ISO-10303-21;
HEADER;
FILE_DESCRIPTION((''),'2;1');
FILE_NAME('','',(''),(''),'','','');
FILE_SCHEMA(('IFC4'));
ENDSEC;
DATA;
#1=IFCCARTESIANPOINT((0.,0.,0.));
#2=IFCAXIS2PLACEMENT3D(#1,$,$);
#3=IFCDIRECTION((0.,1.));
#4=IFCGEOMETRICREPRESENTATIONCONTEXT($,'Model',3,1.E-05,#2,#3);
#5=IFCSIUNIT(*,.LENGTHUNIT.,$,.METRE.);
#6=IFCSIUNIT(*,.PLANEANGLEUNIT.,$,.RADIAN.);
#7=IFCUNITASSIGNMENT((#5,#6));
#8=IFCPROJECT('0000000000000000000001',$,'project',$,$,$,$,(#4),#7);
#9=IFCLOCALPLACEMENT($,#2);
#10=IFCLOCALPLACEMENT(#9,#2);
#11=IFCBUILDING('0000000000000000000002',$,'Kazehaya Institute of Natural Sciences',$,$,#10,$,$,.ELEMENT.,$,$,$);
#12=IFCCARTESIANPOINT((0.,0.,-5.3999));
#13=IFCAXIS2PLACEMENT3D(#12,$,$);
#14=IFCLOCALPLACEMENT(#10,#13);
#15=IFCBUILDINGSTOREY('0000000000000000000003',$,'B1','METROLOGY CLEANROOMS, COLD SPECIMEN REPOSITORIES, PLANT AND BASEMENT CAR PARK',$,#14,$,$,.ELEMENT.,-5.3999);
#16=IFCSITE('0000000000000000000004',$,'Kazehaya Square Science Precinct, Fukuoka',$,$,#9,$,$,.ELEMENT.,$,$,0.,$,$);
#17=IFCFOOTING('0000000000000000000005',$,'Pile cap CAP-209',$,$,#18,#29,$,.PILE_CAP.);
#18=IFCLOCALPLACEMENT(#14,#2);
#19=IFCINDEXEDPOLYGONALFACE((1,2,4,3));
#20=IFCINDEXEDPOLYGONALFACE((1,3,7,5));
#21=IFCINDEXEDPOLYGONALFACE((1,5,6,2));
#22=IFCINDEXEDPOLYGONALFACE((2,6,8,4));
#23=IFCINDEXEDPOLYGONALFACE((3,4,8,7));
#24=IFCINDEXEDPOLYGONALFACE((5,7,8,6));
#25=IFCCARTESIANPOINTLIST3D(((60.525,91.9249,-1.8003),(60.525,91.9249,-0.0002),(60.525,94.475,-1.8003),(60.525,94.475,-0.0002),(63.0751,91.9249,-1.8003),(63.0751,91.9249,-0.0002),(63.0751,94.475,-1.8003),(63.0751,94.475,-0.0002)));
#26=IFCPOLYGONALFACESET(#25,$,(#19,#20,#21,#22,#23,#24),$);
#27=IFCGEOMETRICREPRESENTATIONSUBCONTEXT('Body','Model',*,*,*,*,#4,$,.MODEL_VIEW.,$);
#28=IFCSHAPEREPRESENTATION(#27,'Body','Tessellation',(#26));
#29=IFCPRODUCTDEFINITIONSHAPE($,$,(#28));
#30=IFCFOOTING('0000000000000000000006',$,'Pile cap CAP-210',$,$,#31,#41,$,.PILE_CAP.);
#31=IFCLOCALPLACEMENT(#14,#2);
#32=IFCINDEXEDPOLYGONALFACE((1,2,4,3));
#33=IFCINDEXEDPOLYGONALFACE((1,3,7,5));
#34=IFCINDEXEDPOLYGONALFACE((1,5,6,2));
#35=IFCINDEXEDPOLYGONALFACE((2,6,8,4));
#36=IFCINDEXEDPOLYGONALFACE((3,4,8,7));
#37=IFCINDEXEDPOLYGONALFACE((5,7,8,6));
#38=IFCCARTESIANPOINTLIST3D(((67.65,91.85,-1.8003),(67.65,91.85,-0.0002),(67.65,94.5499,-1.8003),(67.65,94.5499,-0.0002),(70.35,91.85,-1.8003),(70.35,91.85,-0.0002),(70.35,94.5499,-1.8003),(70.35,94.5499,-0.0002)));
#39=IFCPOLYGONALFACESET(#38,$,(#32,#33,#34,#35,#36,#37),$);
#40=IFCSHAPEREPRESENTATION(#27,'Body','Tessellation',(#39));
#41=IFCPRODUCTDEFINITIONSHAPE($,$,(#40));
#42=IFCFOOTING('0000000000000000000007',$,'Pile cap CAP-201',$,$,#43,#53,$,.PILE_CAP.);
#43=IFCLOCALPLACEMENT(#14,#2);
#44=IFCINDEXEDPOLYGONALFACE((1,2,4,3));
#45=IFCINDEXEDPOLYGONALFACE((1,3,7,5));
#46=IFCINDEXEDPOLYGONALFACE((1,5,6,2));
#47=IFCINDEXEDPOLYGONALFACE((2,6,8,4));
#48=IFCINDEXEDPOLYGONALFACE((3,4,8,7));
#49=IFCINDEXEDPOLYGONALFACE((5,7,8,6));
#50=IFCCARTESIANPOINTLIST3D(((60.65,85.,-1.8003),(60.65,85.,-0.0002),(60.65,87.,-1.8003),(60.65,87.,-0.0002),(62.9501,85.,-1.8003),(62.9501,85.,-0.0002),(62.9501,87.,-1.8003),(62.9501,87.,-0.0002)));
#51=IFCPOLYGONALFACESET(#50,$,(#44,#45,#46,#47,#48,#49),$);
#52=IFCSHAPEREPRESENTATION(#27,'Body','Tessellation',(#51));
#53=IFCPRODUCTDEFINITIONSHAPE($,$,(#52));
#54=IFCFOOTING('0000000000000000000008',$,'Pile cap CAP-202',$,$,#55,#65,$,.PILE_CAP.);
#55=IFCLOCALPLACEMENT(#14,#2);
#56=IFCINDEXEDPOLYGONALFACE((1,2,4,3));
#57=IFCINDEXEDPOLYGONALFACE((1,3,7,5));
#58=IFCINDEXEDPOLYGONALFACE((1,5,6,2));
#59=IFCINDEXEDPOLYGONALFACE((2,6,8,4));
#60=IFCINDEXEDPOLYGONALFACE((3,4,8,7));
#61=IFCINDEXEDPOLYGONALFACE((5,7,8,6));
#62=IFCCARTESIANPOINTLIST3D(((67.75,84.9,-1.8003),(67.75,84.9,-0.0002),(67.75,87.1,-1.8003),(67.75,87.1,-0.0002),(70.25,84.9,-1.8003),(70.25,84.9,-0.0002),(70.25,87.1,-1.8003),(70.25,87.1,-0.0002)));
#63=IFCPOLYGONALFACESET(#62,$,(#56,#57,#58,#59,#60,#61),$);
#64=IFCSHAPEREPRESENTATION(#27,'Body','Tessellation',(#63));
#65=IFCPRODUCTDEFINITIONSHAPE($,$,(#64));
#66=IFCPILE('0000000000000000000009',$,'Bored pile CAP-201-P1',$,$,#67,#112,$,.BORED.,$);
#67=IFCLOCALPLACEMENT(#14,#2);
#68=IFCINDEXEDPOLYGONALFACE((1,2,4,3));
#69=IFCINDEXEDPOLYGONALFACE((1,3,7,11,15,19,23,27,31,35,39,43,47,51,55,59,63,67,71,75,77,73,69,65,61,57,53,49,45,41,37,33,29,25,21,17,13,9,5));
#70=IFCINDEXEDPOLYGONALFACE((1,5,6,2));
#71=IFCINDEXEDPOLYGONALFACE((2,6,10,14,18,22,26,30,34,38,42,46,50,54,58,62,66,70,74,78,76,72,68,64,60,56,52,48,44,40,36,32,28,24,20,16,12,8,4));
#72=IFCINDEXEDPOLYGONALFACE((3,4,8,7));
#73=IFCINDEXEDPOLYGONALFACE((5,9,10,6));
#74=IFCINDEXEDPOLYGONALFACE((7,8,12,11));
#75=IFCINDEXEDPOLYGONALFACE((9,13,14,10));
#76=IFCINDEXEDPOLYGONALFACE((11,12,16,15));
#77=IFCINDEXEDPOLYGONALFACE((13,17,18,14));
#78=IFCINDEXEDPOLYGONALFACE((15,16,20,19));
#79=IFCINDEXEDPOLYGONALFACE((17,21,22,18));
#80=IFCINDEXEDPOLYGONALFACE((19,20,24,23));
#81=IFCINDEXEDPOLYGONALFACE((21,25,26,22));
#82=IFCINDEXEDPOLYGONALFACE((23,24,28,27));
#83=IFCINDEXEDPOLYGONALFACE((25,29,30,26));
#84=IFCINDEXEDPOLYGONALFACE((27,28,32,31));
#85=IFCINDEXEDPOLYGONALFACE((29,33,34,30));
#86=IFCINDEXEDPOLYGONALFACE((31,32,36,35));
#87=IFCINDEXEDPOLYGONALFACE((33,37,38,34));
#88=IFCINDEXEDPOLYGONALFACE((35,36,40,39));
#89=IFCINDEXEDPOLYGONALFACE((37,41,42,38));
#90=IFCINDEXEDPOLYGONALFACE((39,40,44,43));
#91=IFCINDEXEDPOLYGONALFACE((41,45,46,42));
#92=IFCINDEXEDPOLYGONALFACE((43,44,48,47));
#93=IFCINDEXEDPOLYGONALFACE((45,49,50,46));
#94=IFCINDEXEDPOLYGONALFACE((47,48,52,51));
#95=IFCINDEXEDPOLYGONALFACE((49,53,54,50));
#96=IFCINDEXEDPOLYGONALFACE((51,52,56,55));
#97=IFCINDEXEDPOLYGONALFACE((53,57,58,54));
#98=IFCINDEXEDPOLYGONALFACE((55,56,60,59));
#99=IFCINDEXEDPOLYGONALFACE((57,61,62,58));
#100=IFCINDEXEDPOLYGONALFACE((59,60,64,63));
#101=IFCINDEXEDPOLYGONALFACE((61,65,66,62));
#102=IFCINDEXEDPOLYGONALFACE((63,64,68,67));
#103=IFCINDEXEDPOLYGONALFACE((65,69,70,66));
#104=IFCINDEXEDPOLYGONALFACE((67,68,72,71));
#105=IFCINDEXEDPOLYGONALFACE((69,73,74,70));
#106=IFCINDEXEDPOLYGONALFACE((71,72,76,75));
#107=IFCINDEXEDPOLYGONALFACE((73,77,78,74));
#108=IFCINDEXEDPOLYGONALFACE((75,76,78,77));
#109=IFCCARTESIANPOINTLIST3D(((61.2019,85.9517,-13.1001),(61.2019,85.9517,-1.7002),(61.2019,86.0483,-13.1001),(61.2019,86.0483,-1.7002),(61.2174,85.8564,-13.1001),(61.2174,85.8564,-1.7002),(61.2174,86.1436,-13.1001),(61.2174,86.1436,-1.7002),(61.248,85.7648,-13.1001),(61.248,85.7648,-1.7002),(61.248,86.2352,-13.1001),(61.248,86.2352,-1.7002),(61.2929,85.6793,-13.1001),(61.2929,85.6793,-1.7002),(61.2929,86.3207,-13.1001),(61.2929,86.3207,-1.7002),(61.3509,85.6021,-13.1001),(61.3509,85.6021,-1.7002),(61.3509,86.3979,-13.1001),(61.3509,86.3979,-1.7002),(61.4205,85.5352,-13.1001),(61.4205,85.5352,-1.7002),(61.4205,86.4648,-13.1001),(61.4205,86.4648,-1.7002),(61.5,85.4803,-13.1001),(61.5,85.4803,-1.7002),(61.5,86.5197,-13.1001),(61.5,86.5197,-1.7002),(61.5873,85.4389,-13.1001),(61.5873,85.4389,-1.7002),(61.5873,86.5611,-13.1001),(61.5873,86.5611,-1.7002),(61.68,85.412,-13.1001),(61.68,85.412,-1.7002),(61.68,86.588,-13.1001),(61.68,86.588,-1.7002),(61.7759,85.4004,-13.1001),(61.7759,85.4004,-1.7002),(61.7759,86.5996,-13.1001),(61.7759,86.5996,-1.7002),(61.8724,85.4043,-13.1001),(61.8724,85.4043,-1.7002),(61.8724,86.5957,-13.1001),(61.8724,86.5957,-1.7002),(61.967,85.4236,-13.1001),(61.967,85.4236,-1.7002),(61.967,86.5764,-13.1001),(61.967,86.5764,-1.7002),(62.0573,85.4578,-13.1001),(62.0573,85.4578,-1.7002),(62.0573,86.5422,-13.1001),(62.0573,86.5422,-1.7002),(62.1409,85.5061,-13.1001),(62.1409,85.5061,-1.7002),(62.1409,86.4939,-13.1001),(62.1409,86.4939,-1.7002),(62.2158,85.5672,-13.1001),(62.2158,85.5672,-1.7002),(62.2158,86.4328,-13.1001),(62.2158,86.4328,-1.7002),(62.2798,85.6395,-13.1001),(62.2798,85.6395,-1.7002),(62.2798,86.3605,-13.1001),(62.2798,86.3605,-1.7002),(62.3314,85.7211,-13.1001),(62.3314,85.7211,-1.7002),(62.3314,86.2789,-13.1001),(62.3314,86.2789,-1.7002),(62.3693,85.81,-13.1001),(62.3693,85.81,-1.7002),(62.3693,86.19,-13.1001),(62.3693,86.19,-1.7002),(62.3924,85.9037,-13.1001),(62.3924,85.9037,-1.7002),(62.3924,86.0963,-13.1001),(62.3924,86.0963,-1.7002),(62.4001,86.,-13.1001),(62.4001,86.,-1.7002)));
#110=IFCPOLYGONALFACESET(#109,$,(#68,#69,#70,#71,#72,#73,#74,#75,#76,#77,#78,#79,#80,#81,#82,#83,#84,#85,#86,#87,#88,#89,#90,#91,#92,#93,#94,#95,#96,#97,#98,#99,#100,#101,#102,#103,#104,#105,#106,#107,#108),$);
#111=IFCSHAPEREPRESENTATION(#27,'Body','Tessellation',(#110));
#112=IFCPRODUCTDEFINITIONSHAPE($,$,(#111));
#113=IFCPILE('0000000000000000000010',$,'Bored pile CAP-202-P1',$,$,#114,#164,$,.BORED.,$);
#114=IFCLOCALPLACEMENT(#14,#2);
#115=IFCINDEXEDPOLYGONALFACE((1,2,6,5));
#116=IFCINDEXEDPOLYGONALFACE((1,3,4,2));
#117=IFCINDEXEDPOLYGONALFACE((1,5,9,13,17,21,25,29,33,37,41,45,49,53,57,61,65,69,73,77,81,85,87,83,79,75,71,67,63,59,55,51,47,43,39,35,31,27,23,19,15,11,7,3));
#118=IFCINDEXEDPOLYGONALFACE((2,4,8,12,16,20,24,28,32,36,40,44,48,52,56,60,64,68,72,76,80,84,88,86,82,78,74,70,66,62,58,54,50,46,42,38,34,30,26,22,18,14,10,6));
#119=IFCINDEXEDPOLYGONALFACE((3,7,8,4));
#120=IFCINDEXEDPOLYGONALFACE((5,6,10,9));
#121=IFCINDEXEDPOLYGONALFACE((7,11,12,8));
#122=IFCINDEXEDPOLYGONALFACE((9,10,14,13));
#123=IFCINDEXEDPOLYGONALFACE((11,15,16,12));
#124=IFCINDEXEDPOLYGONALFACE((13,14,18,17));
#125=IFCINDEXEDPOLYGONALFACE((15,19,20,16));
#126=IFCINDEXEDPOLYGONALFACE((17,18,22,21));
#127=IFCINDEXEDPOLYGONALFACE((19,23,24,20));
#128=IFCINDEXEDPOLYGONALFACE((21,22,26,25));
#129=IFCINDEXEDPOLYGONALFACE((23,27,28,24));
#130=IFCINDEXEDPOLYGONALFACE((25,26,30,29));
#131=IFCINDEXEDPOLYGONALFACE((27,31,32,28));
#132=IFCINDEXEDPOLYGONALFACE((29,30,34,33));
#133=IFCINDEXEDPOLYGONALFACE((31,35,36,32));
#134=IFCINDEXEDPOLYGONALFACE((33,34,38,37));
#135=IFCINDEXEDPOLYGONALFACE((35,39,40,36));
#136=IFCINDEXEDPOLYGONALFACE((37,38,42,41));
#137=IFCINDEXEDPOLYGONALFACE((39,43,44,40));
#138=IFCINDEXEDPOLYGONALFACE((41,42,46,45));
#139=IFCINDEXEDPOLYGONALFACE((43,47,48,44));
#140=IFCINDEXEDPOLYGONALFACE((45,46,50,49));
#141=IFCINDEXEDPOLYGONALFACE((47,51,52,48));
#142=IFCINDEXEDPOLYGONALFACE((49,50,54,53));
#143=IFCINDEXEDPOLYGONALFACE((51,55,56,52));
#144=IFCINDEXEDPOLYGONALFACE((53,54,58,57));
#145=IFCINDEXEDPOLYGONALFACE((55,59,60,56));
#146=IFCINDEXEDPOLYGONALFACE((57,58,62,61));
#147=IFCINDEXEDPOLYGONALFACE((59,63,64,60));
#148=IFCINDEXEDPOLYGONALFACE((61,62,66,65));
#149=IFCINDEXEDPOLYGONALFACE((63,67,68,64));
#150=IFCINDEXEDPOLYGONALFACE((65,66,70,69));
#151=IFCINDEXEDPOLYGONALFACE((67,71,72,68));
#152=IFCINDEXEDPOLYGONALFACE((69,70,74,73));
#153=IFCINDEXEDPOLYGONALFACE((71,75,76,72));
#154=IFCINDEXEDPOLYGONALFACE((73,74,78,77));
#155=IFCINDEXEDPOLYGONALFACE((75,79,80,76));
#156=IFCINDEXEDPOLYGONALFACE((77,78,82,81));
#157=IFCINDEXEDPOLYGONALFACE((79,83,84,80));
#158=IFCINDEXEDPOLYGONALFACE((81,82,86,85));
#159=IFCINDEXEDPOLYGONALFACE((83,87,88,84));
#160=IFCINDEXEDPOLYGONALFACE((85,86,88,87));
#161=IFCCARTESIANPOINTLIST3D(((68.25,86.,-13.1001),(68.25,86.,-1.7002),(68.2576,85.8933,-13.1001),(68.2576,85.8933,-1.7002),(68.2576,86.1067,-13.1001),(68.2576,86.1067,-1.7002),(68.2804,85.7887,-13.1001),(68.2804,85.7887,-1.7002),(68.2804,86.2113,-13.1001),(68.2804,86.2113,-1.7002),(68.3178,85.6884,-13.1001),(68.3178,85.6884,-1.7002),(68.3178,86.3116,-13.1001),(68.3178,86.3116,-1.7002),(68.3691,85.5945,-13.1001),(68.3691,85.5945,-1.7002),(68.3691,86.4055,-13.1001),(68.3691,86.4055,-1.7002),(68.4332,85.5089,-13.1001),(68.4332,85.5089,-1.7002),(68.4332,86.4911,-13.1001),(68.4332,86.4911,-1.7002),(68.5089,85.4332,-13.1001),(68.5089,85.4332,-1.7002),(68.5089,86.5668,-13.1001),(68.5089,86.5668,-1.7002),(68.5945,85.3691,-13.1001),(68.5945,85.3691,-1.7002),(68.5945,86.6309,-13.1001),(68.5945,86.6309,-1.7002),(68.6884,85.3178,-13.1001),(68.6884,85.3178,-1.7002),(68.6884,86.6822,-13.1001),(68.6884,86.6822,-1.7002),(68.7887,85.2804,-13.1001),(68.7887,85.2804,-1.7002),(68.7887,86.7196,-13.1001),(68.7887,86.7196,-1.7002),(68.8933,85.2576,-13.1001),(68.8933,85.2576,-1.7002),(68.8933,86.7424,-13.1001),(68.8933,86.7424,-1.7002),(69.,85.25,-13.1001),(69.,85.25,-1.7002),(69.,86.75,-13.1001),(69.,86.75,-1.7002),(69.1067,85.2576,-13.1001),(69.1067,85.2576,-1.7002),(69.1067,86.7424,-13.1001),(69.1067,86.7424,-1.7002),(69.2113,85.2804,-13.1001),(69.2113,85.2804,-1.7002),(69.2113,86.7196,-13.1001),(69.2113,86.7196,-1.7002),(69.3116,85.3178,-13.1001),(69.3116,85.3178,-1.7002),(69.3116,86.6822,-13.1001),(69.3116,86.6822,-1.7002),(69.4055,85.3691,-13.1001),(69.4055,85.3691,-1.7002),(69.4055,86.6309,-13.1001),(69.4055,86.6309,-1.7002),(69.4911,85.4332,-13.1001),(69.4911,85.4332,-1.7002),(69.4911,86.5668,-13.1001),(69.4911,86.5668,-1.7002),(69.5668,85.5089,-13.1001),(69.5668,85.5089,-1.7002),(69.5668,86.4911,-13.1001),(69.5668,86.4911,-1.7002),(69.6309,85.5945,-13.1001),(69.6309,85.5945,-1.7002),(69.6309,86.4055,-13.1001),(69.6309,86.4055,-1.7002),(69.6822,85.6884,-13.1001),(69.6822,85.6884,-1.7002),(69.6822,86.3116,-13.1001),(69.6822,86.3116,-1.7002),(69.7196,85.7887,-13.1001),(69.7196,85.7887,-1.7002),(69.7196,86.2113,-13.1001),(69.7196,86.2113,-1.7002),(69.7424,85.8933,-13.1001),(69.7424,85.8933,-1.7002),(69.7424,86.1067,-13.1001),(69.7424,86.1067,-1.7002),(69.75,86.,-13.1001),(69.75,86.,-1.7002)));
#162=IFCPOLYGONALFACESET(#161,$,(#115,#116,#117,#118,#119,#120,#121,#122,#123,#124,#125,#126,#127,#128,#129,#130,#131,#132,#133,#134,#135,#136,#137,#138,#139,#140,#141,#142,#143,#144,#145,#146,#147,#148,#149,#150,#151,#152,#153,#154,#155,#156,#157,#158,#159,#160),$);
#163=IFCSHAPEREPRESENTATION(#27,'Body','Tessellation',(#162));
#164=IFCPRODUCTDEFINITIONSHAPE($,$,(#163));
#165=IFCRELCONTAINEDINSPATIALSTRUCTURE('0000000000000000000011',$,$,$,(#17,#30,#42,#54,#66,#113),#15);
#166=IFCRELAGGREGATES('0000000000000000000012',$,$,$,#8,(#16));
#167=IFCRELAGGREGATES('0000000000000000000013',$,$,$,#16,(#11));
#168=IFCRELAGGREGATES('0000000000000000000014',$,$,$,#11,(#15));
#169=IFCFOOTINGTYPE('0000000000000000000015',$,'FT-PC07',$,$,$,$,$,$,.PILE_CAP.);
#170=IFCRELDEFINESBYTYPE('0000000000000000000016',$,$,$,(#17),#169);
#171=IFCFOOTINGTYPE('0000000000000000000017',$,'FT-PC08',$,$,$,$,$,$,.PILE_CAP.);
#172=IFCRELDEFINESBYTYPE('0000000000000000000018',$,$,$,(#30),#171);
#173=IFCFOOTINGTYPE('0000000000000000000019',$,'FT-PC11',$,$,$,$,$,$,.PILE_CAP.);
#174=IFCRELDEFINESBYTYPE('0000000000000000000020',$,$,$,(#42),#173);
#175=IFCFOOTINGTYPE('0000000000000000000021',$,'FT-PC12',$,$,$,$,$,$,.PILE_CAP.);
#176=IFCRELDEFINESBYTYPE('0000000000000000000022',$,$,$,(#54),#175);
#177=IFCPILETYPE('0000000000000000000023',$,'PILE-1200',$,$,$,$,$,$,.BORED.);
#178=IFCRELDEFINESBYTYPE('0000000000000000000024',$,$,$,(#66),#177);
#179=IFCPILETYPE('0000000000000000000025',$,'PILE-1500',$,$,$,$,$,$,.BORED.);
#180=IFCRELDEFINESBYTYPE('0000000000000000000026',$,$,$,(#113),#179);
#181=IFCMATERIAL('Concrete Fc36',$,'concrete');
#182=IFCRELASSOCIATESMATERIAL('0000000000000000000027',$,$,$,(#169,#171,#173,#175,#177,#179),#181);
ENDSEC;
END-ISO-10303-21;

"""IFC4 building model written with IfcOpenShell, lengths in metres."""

from ifc_helpers import new_model, si_unit, direction, frame, origin, origin_2d, place, context, subcontext, project, spatial, rectangle, circle, extrude, material, material_profile, profile_set, type_object, element, save


model = new_model("IFC4")

# Units and contexts
model_context = context("Model", 3, precision=1e-05, world=origin(), true_north=direction((0.0, 1.0)))
body_context = subcontext(model_context, "Body", "Model", "MODEL_VIEW")
ifc_project = project(units=[si_unit("LENGTHUNIT", "METRE"), si_unit("PLANEANGLEUNIT", "RADIAN")], contexts=[model_context])

# Site, building, storey
site_placement = place(None, origin())
site = spatial("IfcSite", under=ifc_project, at=site_placement, Name="Kazehaya Square Science Precinct, Fukuoka", CompositionType="ELEMENT", RefElevation=0.0)
building_placement = place(site_placement, origin())
building = spatial("IfcBuilding", under=site, at=building_placement, Name="Kazehaya Institute of Natural Sciences", CompositionType="ELEMENT")
storey_placement = place(building_placement, frame((0.0, 0.0, -5.3999)))
storey = spatial("IfcBuildingStorey", under=building, at=storey_placement, Name="B1", Description="METROLOGY CLEANROOMS, COLD SPECIMEN REPOSITORIES, PLANT AND BASEMENT CAR PARK", CompositionType="ELEMENT", Elevation=-5.3999)

# Footings
ifc_material_1 = material(Name="Concrete Fc36", Category="concrete")
footing_type_1 = type_object("IfcFootingType", Name="FT-PC07", PredefinedType="PILE_CAP", material=ifc_material_1)
footing_1_placement = place(storey_placement, frame((61.8, 93.2, -1.8003), z_axis=(0.0, 0.0, 1.0), x_axis=(1.0, 0.0, 0.0)))
element("IfcFooting", 1, at=footing_1_placement, inside=storey, type_object=footing_type_1, Name="Pile cap CAP-209", PredefinedType="PILE_CAP", context=body_context, shape_type="SweptSolid", body=[
    extrude(rectangle(XDim=2.55, YDim=2.55, at=origin_2d()), origin(), (0.0, 0.0, 1.0), 1.8),
])
footing_type_2 = type_object("IfcFootingType", Name="FT-PC08", PredefinedType="PILE_CAP", material=ifc_material_1)
footing_2_placement = place(storey_placement, frame((69.0, 93.2, -1.8003), z_axis=(0.0, 0.0, 1.0), x_axis=(1.0, 0.0, 0.0)))
element("IfcFooting", 2, at=footing_2_placement, inside=storey, type_object=footing_type_2, Name="Pile cap CAP-210", PredefinedType="PILE_CAP", context=body_context, shape_type="SweptSolid", body=[
    extrude(rectangle(XDim=2.7, YDim=2.7, at=origin_2d()), origin(), (0.0, 0.0, 1.0), 1.8),
])
footing_type_3 = type_object("IfcFootingType", Name="FT-PC11", PredefinedType="PILE_CAP", material=ifc_material_1)
footing_3_placement = place(storey_placement, frame((61.8, 86.0, -1.8003), z_axis=(0.0, 0.0, 1.0), x_axis=(1.0, 0.0, 0.0)))
element("IfcFooting", 3, at=footing_3_placement, inside=storey, type_object=footing_type_3, Name="Pile cap CAP-201", PredefinedType="PILE_CAP", context=body_context, shape_type="SweptSolid", body=[
    extrude(rectangle(XDim=2.3, YDim=2.0, at=origin_2d()), origin(), (0.0, 0.0, 1.0), 1.8),
])
footing_type_4 = type_object("IfcFootingType", Name="FT-PC12", PredefinedType="PILE_CAP", material=ifc_material_1)
footing_4_placement = place(storey_placement, frame((69.0, 86.0, -1.8003), z_axis=(0.0, 0.0, 1.0), x_axis=(1.0, 0.0, 0.0)))
element("IfcFooting", 4, at=footing_4_placement, inside=storey, type_object=footing_type_4, Name="Pile cap CAP-202", PredefinedType="PILE_CAP", context=body_context, shape_type="SweptSolid", body=[
    extrude(rectangle(XDim=2.5, YDim=2.2, at=origin_2d()), origin(), (0.0, 0.0, 1.0), 1.8),
])

# Piles
ifc_material_profile_1 = material_profile(ifc_material_1, circle(Radius=0.6001, at=origin_2d()), Name="PILE-1200")
ifc_profile_set_1 = profile_set([ifc_material_profile_1], Name="Concrete Fc36")
pile_type_1 = type_object("IfcPileType", Name="PILE-1200", PredefinedType="BORED", material=ifc_profile_set_1)
pile_1_placement = place(storey_placement, frame((61.8, 86.0, -1.7002), z_axis=(0.0, 0.0, -1.0), x_axis=(1.0, 0.0, 0.0)))
element("IfcPile", 5, at=pile_1_placement, inside=storey, type_object=pile_type_1, Name="Bored pile CAP-201-P1", PredefinedType="BORED", context=body_context, shape_type="SweptSolid", body=[
    extrude(circle(Radius=0.6001, at=origin_2d()), origin(), (0.0, 0.0, 1.0), 11.3999),
])
ifc_material_profile_2 = material_profile(ifc_material_1, circle(Radius=0.75, at=origin_2d()), Name="PILE-1500")
ifc_profile_set_2 = profile_set([ifc_material_profile_2], Name="Concrete Fc36")
pile_type_2 = type_object("IfcPileType", Name="PILE-1500", PredefinedType="BORED", material=ifc_profile_set_2)
for number, where, z_axis, x_axis, name in (
    (6, (69.0, 86.0, -1.7002), (0.0, 0.0, -1.0), (1.0, 0.0, 0.0), "Bored pile CAP-202-P1"),
):
    element("IfcPile", number, at=place(storey_placement, frame(where, z_axis=z_axis, x_axis=x_axis)), inside=storey, type_object=pile_type_2, Name=name, PredefinedType="BORED", context=body_context, shape_type="SweptSolid", body=[
        extrude(circle(Radius=0.75, at=origin_2d()), origin(), (0.0, 0.0, 1.0), 11.3999),
    ])

save(model, "model.ifc")
